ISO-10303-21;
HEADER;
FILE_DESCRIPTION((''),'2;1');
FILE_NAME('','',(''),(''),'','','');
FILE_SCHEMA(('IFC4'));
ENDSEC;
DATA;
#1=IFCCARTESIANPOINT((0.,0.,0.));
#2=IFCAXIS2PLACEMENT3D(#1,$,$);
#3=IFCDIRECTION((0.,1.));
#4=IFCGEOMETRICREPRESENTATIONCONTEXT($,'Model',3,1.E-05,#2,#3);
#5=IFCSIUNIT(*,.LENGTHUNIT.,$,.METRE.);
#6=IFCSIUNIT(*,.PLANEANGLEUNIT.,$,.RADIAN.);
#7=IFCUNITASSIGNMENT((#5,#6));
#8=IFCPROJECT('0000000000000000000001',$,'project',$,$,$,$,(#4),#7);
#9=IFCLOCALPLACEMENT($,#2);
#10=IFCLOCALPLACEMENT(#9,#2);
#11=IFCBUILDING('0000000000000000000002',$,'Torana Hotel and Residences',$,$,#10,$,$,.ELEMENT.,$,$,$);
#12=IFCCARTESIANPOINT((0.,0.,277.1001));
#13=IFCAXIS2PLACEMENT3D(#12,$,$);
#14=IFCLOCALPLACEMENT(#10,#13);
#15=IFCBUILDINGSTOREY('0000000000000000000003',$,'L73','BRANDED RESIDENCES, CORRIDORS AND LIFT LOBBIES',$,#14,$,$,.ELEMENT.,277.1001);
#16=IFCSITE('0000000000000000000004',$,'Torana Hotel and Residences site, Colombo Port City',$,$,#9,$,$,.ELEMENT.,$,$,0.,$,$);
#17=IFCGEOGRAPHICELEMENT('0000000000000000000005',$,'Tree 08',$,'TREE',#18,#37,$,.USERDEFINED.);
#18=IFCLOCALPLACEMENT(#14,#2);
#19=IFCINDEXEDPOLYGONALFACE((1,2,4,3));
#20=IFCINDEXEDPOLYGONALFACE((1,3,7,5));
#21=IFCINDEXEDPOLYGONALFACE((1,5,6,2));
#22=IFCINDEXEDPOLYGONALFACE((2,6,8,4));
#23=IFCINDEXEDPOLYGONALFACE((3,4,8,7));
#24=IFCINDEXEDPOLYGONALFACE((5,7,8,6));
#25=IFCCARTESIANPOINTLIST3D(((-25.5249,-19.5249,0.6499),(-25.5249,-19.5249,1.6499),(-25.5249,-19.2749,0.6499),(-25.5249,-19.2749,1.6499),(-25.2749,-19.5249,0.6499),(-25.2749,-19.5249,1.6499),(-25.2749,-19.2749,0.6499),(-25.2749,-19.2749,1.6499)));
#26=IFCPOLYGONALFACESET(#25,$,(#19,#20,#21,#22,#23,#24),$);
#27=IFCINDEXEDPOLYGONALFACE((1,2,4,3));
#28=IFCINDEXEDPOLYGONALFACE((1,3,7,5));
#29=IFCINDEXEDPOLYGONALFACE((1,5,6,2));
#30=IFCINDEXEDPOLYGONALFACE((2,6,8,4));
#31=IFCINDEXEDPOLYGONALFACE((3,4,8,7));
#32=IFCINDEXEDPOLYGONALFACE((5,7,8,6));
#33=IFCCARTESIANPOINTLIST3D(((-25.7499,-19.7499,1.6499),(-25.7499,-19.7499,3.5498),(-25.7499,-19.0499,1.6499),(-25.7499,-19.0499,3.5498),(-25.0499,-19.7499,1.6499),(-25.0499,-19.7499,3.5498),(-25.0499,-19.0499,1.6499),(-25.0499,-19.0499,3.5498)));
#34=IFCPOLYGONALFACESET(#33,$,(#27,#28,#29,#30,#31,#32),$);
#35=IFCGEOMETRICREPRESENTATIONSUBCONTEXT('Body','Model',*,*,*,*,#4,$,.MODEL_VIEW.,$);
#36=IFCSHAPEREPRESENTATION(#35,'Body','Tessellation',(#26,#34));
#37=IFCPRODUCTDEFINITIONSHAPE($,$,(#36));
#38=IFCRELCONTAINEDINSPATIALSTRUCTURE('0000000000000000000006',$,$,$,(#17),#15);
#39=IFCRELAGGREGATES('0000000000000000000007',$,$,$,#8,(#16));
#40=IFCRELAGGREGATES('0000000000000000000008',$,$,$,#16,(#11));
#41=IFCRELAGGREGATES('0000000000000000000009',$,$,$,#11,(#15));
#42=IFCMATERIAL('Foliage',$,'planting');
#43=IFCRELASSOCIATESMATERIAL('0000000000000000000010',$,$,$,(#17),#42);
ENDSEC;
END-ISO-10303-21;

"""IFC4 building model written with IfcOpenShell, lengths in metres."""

from ifc_helpers import new_model, si_unit, direction, frame, origin, origin_2d, place, context, subcontext, project, spatial, rectangle, extrude, material, element, save


model = new_model("IFC4")

# Units and contexts
model_context = context("Model", 3, precision=1e-05, world=origin(), true_north=direction((0.0, 1.0)))
body_context = subcontext(model_context, "Body", "Model", "MODEL_VIEW")
ifc_project = project(units=[si_unit("LENGTHUNIT", "METRE"), si_unit("PLANEANGLEUNIT", "RADIAN")], contexts=[model_context])

# Site, building, storey
site_placement = place(None, origin())
site = spatial("IfcSite", under=ifc_project, at=site_placement, Name="Torana Hotel and Residences site, Colombo Port City", CompositionType="ELEMENT", RefElevation=0.0)
building_placement = place(site_placement, origin())
building = spatial("IfcBuilding", under=site, at=building_placement, Name="Torana Hotel and Residences", CompositionType="ELEMENT")
storey_placement = place(building_placement, frame((0.0, 0.0, 277.1001)))
storey = spatial("IfcBuildingStorey", under=building, at=storey_placement, Name="L73", Description="BRANDED RESIDENCES, CORRIDORS AND LIFT LOBBIES", CompositionType="ELEMENT", Elevation=277.1001)

# Geographic element
ifc_material_1 = material(Name="Foliage", Category="planting")
geographic_element_placement = place(storey_placement, frame((-25.3999, -19.3999, 0.6499), z_axis=(0.0, 0.0, 1.0), x_axis=(1.0, 0.0, 0.0)))
element("IfcGeographicElement", 1, at=geographic_element_placement, inside=storey, material=ifc_material_1, Name="Tree 08", ObjectType="TREE", PredefinedType="USERDEFINED", context=body_context, shape_type="SweptSolid", body=[
    extrude(rectangle(XDim=0.25, YDim=0.25, at=origin_2d()), origin(), (0.0, 0.0, 1.0), 1.0),
    extrude(rectangle(XDim=0.7, YDim=0.7, at=origin_2d()), frame((0.0, 0.0, 1.0)), (0.0, 0.0, 1.0), 1.8999),
])

save(model, "model.ifc")
